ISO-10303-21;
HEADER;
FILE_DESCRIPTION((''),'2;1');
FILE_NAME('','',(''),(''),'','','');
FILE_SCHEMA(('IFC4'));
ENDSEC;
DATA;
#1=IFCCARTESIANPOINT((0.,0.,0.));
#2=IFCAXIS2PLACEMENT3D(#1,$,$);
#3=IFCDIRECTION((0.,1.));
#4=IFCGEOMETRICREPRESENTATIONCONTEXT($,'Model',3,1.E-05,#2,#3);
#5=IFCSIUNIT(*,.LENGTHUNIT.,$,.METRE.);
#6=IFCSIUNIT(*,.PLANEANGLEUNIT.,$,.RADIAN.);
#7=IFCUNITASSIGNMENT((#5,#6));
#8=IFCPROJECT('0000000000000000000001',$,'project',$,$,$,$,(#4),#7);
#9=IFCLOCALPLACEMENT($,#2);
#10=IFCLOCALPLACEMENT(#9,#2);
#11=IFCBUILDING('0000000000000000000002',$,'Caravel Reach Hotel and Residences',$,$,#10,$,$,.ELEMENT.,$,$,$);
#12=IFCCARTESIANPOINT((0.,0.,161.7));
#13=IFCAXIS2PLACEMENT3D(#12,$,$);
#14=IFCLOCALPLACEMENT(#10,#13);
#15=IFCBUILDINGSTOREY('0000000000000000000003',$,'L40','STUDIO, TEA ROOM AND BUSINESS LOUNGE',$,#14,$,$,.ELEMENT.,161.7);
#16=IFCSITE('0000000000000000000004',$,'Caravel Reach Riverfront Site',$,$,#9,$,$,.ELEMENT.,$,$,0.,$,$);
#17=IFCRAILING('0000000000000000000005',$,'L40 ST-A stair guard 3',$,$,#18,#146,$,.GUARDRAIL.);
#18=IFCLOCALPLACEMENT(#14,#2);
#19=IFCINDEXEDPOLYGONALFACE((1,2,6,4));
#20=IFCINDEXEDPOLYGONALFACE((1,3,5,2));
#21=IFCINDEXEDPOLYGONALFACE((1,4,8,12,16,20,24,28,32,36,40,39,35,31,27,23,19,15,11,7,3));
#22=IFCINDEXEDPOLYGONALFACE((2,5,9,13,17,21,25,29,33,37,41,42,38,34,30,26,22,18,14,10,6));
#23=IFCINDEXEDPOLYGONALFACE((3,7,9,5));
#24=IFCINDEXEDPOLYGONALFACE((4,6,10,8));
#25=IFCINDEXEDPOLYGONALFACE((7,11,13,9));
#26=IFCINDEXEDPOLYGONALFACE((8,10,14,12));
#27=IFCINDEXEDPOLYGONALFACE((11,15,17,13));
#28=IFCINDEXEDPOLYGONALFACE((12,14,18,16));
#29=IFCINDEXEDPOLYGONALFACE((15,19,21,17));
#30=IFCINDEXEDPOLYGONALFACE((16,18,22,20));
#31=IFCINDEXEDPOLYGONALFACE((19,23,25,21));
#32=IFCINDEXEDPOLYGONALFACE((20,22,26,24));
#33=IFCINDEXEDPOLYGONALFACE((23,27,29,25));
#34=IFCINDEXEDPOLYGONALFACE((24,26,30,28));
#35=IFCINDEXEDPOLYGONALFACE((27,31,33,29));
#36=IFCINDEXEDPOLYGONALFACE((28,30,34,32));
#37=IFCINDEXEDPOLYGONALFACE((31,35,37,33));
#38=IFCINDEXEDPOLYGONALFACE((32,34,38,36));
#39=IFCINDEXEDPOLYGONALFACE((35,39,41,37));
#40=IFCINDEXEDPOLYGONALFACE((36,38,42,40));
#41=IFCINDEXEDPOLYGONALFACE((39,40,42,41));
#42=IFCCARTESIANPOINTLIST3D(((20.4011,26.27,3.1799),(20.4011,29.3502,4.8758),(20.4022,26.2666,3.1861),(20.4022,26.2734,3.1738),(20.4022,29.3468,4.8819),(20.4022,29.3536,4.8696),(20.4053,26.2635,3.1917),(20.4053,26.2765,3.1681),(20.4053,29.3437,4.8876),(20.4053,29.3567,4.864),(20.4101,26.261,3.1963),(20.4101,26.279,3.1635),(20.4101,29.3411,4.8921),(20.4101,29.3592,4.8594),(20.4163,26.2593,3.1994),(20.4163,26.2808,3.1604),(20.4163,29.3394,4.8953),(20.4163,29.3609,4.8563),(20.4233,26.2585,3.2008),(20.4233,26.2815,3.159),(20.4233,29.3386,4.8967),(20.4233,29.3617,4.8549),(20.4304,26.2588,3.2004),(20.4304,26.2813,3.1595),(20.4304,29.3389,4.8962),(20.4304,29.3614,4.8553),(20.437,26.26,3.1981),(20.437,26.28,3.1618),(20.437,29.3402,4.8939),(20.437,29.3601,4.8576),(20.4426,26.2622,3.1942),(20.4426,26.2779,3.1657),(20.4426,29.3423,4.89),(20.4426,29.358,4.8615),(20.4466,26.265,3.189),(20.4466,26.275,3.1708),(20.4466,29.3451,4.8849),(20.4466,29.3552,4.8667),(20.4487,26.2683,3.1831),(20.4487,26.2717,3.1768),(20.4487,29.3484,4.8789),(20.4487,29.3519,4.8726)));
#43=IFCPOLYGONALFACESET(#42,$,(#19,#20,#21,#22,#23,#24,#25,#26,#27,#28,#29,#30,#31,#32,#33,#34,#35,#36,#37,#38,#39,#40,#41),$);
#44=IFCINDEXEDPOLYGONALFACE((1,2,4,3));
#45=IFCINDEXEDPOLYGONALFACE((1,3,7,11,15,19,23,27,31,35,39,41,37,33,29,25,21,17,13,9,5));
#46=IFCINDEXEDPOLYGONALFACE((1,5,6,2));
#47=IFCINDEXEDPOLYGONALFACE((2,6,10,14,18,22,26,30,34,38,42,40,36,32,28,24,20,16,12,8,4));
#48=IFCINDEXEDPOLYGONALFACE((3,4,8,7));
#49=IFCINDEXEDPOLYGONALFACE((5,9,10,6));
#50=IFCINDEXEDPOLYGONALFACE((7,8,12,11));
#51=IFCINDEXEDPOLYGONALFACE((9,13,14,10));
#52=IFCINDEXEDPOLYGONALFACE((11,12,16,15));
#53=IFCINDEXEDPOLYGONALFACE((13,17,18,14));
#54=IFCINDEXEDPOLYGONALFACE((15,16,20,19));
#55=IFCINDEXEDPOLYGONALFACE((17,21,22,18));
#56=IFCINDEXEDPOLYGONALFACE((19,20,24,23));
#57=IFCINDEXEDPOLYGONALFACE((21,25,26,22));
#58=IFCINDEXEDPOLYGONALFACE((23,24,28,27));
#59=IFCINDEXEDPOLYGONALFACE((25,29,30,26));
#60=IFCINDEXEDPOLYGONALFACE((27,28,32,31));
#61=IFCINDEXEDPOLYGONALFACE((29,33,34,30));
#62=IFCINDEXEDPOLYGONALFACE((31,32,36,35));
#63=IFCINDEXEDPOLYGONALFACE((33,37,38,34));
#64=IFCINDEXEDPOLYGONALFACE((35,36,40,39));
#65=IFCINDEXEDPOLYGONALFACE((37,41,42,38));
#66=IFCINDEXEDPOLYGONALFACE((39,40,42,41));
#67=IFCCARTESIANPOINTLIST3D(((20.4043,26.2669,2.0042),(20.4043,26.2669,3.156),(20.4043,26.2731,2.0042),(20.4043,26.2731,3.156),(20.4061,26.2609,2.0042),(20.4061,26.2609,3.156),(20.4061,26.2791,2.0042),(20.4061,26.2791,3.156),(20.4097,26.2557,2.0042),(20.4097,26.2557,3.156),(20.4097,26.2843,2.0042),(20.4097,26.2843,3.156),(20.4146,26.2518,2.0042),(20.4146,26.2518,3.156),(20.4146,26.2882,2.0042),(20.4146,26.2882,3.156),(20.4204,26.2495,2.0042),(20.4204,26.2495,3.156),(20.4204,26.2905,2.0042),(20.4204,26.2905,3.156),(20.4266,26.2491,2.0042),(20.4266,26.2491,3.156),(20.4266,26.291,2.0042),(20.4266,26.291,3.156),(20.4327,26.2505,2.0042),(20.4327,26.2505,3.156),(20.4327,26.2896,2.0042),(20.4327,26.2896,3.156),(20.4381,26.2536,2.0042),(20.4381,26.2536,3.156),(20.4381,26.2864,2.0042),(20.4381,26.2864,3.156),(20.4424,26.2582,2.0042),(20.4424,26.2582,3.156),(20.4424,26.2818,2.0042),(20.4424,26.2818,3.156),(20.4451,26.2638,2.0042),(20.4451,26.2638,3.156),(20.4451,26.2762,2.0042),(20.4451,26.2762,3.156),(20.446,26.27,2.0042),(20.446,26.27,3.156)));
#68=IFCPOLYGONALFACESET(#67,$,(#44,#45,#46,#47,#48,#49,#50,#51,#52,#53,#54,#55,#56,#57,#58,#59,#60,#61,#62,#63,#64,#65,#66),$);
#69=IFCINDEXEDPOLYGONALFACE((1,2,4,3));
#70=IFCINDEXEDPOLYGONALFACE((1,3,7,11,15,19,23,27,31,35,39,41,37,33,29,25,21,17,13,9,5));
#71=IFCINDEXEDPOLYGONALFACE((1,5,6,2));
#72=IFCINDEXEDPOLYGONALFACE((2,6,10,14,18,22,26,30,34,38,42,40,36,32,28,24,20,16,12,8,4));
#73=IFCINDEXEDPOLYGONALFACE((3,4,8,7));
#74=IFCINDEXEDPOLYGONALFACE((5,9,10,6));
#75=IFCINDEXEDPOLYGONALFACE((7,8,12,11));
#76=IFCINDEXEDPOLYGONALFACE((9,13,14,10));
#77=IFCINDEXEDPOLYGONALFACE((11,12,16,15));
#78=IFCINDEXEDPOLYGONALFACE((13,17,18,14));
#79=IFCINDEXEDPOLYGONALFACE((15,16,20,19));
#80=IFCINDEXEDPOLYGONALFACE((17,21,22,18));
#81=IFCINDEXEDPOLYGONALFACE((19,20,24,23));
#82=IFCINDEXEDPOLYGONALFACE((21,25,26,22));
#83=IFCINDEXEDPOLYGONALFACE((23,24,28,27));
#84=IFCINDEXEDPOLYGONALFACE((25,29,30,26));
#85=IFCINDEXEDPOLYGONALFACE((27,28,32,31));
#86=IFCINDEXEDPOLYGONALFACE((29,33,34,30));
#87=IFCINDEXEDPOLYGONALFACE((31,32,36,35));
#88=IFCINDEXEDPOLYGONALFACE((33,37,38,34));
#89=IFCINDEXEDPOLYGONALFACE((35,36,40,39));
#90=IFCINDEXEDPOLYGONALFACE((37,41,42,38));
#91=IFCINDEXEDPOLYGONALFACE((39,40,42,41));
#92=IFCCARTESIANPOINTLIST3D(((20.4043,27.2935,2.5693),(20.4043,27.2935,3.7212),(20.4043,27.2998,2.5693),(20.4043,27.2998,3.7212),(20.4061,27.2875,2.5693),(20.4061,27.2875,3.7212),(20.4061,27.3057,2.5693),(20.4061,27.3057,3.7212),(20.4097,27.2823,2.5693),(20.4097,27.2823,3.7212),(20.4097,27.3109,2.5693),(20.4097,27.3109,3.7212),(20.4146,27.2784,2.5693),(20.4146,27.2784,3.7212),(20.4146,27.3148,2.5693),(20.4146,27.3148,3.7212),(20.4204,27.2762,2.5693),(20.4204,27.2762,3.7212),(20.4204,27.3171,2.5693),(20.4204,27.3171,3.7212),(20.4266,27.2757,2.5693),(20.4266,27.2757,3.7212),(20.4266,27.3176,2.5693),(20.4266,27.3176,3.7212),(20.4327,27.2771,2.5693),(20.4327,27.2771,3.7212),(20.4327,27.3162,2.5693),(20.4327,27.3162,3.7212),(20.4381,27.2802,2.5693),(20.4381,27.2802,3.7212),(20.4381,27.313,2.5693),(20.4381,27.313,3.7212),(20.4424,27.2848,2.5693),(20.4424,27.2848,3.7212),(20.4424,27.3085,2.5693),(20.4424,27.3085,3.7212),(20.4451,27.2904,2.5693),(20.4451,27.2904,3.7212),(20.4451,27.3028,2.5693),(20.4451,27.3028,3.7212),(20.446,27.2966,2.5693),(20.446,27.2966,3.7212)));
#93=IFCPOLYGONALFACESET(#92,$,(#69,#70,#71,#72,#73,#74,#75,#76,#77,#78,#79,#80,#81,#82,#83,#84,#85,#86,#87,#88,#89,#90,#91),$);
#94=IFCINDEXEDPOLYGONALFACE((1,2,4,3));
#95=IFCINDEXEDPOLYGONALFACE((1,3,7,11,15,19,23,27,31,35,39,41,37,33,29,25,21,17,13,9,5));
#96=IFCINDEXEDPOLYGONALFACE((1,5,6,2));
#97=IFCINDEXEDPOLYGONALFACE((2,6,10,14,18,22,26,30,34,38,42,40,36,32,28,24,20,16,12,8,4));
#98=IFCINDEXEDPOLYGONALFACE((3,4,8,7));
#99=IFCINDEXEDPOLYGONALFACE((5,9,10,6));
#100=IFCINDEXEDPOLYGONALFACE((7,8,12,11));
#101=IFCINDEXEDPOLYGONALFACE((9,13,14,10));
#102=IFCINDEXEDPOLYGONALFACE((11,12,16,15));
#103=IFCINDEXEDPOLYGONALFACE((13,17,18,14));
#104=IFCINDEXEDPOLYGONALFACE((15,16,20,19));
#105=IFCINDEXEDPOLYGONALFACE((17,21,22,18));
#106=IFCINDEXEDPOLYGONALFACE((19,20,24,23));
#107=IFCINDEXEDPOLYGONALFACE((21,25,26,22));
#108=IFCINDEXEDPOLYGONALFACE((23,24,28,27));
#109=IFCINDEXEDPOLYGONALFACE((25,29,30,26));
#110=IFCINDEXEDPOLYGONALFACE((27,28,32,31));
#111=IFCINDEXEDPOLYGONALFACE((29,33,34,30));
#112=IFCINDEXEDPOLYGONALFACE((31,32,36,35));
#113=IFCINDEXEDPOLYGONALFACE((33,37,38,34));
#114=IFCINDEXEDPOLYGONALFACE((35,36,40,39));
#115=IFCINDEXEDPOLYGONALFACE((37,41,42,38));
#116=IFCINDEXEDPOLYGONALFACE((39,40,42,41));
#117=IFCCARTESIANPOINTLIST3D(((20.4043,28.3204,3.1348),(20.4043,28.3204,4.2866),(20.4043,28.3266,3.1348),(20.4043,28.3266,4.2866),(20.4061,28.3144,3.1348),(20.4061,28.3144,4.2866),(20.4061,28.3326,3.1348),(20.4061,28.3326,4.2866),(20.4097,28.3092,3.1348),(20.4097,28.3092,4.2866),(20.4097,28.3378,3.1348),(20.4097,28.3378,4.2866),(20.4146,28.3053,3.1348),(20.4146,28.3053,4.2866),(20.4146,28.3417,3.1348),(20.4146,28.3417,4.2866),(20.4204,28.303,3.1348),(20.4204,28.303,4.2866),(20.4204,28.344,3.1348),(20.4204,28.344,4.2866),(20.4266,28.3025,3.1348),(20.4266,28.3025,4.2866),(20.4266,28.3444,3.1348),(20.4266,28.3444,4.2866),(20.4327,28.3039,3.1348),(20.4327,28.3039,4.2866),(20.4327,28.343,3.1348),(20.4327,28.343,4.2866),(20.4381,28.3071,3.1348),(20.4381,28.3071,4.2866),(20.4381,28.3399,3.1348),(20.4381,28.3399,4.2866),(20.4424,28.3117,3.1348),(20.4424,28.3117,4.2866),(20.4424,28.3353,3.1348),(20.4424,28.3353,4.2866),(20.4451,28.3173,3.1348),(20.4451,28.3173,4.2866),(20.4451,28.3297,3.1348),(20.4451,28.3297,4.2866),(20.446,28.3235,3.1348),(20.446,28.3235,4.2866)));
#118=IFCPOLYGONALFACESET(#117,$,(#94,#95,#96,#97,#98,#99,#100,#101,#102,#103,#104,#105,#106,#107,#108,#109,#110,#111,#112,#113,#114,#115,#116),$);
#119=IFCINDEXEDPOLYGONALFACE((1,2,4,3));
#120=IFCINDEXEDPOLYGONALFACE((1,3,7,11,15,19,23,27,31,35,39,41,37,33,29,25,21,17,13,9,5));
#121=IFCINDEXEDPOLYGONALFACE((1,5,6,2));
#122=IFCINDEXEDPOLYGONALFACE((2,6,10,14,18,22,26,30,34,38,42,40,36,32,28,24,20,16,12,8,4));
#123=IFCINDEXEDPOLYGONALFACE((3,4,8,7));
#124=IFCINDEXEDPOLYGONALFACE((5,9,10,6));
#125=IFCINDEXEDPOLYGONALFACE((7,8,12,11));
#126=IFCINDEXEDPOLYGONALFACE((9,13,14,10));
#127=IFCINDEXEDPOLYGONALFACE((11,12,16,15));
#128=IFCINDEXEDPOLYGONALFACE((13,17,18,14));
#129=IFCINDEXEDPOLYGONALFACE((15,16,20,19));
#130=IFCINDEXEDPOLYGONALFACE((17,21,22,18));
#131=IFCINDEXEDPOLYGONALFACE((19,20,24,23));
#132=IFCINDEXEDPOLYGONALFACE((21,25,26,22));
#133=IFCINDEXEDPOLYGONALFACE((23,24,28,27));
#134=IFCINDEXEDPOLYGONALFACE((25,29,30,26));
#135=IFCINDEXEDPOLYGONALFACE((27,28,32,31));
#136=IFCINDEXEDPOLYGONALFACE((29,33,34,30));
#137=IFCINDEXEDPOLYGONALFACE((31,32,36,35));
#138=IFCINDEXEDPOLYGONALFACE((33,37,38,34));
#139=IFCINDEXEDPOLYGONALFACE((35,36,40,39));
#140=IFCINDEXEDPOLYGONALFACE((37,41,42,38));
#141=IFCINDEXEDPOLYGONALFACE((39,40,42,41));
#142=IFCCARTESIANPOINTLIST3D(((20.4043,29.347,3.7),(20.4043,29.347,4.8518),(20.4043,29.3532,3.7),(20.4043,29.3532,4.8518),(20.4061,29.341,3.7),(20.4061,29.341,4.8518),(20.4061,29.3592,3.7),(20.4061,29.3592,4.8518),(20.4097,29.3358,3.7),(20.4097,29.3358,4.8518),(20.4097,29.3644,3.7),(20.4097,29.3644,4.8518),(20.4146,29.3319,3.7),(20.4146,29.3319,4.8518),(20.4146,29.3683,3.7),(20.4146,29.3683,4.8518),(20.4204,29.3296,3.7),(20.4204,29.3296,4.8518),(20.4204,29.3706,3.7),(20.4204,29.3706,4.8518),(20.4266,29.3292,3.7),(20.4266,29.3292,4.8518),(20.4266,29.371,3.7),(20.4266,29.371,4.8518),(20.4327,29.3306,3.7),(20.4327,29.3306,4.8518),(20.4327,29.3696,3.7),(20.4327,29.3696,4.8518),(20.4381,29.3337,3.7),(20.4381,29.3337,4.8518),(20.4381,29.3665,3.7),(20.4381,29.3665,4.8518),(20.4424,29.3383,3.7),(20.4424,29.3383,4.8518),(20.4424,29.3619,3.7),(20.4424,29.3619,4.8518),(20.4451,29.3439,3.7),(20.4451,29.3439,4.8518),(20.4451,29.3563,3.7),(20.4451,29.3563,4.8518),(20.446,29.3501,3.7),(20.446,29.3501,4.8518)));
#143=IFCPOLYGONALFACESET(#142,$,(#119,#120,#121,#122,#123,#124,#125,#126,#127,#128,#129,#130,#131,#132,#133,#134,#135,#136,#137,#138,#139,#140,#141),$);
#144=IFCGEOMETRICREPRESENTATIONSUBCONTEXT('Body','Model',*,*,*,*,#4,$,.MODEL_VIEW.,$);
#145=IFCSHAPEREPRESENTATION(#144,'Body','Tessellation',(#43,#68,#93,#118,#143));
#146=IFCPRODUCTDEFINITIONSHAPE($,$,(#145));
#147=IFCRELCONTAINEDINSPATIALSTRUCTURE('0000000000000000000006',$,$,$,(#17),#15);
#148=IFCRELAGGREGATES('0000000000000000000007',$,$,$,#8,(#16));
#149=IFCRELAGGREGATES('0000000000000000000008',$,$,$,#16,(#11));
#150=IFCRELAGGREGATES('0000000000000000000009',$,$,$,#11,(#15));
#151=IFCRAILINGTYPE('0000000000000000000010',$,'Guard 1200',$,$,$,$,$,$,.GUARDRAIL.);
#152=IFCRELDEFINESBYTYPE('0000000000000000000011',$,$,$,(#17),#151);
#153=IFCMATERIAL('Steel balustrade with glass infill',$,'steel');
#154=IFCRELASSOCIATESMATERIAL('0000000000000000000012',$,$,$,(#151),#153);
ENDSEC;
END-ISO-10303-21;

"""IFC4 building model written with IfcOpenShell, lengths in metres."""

from ifc_helpers import new_model, si_unit, direction, frame, origin, origin_2d, place, context, subcontext, project, spatial, circle, extrude, material, type_object, element, save


model = new_model("IFC4")

# Units and contexts
model_context = context("Model", 3, precision=1e-05, world=origin(), true_north=direction((0.0, 1.0)))
body_context = subcontext(model_context, "Body", "Model", "MODEL_VIEW")
ifc_project = project(units=[si_unit("LENGTHUNIT", "METRE"), si_unit("PLANEANGLEUNIT", "RADIAN")], contexts=[model_context])

# Site, building, storey
site_placement = place(None, origin())
site = spatial("IfcSite", under=ifc_project, at=site_placement, Name="Caravel Reach Riverfront Site", CompositionType="ELEMENT", RefElevation=0.0)
building_placement = place(site_placement, origin())
building = spatial("IfcBuilding", under=site, at=building_placement, Name="Caravel Reach Hotel and Residences", CompositionType="ELEMENT")
storey_placement = place(building_placement, frame((0.0, 0.0, 161.7)))
storey = spatial("IfcBuildingStorey", under=building, at=storey_placement, Name="L40", Description="STUDIO, TEA ROOM AND BUSINESS LOUNGE", CompositionType="ELEMENT", Elevation=161.7)

# Railing
ifc_material_1 = material(Name="Steel balustrade with glass infill", Category="steel")
railing_type_1 = type_object("IfcRailingType", Name="Guard 1200", PredefinedType="GUARDRAIL", material=ifc_material_1)
railing_1_placement = place(storey_placement, frame((20.425, 26.27, 2.0042)))
element("IfcRailing", 1, at=railing_1_placement, inside=storey, type_object=railing_type_1, Name="L40 ST-A stair guard 3", PredefinedType="GUARDRAIL", context=body_context, shape_type="SweptSolid", body=[
    extrude(circle(Radius=0.0239, at=origin_2d()), frame((0.0, 0.0, 1.1758), z_axis=(0.0, 0.876005, 0.482303), x_axis=(-1.0, 0.0, 0.0)), (0.0, 0.0, 1.0), 3.5161),
    extrude(circle(Radius=0.021, at=origin_2d()), origin(), (0.0, 0.0, 1.0), 1.1519),
    extrude(circle(Radius=0.021, at=origin_2d()), frame((0.0, 1.0266, 0.5652)), (0.0, 0.0, 1.0), 1.1519),
    extrude(circle(Radius=0.021, at=origin_2d()), frame((0.0, 2.0535, 1.1306)), (0.0, 0.0, 1.0), 1.1519),
    extrude(circle(Radius=0.021, at=origin_2d()), frame((0.0, 3.0801, 1.6958)), (0.0, 0.0, 1.0), 1.1519),
])

save(model, "model.ifc")
